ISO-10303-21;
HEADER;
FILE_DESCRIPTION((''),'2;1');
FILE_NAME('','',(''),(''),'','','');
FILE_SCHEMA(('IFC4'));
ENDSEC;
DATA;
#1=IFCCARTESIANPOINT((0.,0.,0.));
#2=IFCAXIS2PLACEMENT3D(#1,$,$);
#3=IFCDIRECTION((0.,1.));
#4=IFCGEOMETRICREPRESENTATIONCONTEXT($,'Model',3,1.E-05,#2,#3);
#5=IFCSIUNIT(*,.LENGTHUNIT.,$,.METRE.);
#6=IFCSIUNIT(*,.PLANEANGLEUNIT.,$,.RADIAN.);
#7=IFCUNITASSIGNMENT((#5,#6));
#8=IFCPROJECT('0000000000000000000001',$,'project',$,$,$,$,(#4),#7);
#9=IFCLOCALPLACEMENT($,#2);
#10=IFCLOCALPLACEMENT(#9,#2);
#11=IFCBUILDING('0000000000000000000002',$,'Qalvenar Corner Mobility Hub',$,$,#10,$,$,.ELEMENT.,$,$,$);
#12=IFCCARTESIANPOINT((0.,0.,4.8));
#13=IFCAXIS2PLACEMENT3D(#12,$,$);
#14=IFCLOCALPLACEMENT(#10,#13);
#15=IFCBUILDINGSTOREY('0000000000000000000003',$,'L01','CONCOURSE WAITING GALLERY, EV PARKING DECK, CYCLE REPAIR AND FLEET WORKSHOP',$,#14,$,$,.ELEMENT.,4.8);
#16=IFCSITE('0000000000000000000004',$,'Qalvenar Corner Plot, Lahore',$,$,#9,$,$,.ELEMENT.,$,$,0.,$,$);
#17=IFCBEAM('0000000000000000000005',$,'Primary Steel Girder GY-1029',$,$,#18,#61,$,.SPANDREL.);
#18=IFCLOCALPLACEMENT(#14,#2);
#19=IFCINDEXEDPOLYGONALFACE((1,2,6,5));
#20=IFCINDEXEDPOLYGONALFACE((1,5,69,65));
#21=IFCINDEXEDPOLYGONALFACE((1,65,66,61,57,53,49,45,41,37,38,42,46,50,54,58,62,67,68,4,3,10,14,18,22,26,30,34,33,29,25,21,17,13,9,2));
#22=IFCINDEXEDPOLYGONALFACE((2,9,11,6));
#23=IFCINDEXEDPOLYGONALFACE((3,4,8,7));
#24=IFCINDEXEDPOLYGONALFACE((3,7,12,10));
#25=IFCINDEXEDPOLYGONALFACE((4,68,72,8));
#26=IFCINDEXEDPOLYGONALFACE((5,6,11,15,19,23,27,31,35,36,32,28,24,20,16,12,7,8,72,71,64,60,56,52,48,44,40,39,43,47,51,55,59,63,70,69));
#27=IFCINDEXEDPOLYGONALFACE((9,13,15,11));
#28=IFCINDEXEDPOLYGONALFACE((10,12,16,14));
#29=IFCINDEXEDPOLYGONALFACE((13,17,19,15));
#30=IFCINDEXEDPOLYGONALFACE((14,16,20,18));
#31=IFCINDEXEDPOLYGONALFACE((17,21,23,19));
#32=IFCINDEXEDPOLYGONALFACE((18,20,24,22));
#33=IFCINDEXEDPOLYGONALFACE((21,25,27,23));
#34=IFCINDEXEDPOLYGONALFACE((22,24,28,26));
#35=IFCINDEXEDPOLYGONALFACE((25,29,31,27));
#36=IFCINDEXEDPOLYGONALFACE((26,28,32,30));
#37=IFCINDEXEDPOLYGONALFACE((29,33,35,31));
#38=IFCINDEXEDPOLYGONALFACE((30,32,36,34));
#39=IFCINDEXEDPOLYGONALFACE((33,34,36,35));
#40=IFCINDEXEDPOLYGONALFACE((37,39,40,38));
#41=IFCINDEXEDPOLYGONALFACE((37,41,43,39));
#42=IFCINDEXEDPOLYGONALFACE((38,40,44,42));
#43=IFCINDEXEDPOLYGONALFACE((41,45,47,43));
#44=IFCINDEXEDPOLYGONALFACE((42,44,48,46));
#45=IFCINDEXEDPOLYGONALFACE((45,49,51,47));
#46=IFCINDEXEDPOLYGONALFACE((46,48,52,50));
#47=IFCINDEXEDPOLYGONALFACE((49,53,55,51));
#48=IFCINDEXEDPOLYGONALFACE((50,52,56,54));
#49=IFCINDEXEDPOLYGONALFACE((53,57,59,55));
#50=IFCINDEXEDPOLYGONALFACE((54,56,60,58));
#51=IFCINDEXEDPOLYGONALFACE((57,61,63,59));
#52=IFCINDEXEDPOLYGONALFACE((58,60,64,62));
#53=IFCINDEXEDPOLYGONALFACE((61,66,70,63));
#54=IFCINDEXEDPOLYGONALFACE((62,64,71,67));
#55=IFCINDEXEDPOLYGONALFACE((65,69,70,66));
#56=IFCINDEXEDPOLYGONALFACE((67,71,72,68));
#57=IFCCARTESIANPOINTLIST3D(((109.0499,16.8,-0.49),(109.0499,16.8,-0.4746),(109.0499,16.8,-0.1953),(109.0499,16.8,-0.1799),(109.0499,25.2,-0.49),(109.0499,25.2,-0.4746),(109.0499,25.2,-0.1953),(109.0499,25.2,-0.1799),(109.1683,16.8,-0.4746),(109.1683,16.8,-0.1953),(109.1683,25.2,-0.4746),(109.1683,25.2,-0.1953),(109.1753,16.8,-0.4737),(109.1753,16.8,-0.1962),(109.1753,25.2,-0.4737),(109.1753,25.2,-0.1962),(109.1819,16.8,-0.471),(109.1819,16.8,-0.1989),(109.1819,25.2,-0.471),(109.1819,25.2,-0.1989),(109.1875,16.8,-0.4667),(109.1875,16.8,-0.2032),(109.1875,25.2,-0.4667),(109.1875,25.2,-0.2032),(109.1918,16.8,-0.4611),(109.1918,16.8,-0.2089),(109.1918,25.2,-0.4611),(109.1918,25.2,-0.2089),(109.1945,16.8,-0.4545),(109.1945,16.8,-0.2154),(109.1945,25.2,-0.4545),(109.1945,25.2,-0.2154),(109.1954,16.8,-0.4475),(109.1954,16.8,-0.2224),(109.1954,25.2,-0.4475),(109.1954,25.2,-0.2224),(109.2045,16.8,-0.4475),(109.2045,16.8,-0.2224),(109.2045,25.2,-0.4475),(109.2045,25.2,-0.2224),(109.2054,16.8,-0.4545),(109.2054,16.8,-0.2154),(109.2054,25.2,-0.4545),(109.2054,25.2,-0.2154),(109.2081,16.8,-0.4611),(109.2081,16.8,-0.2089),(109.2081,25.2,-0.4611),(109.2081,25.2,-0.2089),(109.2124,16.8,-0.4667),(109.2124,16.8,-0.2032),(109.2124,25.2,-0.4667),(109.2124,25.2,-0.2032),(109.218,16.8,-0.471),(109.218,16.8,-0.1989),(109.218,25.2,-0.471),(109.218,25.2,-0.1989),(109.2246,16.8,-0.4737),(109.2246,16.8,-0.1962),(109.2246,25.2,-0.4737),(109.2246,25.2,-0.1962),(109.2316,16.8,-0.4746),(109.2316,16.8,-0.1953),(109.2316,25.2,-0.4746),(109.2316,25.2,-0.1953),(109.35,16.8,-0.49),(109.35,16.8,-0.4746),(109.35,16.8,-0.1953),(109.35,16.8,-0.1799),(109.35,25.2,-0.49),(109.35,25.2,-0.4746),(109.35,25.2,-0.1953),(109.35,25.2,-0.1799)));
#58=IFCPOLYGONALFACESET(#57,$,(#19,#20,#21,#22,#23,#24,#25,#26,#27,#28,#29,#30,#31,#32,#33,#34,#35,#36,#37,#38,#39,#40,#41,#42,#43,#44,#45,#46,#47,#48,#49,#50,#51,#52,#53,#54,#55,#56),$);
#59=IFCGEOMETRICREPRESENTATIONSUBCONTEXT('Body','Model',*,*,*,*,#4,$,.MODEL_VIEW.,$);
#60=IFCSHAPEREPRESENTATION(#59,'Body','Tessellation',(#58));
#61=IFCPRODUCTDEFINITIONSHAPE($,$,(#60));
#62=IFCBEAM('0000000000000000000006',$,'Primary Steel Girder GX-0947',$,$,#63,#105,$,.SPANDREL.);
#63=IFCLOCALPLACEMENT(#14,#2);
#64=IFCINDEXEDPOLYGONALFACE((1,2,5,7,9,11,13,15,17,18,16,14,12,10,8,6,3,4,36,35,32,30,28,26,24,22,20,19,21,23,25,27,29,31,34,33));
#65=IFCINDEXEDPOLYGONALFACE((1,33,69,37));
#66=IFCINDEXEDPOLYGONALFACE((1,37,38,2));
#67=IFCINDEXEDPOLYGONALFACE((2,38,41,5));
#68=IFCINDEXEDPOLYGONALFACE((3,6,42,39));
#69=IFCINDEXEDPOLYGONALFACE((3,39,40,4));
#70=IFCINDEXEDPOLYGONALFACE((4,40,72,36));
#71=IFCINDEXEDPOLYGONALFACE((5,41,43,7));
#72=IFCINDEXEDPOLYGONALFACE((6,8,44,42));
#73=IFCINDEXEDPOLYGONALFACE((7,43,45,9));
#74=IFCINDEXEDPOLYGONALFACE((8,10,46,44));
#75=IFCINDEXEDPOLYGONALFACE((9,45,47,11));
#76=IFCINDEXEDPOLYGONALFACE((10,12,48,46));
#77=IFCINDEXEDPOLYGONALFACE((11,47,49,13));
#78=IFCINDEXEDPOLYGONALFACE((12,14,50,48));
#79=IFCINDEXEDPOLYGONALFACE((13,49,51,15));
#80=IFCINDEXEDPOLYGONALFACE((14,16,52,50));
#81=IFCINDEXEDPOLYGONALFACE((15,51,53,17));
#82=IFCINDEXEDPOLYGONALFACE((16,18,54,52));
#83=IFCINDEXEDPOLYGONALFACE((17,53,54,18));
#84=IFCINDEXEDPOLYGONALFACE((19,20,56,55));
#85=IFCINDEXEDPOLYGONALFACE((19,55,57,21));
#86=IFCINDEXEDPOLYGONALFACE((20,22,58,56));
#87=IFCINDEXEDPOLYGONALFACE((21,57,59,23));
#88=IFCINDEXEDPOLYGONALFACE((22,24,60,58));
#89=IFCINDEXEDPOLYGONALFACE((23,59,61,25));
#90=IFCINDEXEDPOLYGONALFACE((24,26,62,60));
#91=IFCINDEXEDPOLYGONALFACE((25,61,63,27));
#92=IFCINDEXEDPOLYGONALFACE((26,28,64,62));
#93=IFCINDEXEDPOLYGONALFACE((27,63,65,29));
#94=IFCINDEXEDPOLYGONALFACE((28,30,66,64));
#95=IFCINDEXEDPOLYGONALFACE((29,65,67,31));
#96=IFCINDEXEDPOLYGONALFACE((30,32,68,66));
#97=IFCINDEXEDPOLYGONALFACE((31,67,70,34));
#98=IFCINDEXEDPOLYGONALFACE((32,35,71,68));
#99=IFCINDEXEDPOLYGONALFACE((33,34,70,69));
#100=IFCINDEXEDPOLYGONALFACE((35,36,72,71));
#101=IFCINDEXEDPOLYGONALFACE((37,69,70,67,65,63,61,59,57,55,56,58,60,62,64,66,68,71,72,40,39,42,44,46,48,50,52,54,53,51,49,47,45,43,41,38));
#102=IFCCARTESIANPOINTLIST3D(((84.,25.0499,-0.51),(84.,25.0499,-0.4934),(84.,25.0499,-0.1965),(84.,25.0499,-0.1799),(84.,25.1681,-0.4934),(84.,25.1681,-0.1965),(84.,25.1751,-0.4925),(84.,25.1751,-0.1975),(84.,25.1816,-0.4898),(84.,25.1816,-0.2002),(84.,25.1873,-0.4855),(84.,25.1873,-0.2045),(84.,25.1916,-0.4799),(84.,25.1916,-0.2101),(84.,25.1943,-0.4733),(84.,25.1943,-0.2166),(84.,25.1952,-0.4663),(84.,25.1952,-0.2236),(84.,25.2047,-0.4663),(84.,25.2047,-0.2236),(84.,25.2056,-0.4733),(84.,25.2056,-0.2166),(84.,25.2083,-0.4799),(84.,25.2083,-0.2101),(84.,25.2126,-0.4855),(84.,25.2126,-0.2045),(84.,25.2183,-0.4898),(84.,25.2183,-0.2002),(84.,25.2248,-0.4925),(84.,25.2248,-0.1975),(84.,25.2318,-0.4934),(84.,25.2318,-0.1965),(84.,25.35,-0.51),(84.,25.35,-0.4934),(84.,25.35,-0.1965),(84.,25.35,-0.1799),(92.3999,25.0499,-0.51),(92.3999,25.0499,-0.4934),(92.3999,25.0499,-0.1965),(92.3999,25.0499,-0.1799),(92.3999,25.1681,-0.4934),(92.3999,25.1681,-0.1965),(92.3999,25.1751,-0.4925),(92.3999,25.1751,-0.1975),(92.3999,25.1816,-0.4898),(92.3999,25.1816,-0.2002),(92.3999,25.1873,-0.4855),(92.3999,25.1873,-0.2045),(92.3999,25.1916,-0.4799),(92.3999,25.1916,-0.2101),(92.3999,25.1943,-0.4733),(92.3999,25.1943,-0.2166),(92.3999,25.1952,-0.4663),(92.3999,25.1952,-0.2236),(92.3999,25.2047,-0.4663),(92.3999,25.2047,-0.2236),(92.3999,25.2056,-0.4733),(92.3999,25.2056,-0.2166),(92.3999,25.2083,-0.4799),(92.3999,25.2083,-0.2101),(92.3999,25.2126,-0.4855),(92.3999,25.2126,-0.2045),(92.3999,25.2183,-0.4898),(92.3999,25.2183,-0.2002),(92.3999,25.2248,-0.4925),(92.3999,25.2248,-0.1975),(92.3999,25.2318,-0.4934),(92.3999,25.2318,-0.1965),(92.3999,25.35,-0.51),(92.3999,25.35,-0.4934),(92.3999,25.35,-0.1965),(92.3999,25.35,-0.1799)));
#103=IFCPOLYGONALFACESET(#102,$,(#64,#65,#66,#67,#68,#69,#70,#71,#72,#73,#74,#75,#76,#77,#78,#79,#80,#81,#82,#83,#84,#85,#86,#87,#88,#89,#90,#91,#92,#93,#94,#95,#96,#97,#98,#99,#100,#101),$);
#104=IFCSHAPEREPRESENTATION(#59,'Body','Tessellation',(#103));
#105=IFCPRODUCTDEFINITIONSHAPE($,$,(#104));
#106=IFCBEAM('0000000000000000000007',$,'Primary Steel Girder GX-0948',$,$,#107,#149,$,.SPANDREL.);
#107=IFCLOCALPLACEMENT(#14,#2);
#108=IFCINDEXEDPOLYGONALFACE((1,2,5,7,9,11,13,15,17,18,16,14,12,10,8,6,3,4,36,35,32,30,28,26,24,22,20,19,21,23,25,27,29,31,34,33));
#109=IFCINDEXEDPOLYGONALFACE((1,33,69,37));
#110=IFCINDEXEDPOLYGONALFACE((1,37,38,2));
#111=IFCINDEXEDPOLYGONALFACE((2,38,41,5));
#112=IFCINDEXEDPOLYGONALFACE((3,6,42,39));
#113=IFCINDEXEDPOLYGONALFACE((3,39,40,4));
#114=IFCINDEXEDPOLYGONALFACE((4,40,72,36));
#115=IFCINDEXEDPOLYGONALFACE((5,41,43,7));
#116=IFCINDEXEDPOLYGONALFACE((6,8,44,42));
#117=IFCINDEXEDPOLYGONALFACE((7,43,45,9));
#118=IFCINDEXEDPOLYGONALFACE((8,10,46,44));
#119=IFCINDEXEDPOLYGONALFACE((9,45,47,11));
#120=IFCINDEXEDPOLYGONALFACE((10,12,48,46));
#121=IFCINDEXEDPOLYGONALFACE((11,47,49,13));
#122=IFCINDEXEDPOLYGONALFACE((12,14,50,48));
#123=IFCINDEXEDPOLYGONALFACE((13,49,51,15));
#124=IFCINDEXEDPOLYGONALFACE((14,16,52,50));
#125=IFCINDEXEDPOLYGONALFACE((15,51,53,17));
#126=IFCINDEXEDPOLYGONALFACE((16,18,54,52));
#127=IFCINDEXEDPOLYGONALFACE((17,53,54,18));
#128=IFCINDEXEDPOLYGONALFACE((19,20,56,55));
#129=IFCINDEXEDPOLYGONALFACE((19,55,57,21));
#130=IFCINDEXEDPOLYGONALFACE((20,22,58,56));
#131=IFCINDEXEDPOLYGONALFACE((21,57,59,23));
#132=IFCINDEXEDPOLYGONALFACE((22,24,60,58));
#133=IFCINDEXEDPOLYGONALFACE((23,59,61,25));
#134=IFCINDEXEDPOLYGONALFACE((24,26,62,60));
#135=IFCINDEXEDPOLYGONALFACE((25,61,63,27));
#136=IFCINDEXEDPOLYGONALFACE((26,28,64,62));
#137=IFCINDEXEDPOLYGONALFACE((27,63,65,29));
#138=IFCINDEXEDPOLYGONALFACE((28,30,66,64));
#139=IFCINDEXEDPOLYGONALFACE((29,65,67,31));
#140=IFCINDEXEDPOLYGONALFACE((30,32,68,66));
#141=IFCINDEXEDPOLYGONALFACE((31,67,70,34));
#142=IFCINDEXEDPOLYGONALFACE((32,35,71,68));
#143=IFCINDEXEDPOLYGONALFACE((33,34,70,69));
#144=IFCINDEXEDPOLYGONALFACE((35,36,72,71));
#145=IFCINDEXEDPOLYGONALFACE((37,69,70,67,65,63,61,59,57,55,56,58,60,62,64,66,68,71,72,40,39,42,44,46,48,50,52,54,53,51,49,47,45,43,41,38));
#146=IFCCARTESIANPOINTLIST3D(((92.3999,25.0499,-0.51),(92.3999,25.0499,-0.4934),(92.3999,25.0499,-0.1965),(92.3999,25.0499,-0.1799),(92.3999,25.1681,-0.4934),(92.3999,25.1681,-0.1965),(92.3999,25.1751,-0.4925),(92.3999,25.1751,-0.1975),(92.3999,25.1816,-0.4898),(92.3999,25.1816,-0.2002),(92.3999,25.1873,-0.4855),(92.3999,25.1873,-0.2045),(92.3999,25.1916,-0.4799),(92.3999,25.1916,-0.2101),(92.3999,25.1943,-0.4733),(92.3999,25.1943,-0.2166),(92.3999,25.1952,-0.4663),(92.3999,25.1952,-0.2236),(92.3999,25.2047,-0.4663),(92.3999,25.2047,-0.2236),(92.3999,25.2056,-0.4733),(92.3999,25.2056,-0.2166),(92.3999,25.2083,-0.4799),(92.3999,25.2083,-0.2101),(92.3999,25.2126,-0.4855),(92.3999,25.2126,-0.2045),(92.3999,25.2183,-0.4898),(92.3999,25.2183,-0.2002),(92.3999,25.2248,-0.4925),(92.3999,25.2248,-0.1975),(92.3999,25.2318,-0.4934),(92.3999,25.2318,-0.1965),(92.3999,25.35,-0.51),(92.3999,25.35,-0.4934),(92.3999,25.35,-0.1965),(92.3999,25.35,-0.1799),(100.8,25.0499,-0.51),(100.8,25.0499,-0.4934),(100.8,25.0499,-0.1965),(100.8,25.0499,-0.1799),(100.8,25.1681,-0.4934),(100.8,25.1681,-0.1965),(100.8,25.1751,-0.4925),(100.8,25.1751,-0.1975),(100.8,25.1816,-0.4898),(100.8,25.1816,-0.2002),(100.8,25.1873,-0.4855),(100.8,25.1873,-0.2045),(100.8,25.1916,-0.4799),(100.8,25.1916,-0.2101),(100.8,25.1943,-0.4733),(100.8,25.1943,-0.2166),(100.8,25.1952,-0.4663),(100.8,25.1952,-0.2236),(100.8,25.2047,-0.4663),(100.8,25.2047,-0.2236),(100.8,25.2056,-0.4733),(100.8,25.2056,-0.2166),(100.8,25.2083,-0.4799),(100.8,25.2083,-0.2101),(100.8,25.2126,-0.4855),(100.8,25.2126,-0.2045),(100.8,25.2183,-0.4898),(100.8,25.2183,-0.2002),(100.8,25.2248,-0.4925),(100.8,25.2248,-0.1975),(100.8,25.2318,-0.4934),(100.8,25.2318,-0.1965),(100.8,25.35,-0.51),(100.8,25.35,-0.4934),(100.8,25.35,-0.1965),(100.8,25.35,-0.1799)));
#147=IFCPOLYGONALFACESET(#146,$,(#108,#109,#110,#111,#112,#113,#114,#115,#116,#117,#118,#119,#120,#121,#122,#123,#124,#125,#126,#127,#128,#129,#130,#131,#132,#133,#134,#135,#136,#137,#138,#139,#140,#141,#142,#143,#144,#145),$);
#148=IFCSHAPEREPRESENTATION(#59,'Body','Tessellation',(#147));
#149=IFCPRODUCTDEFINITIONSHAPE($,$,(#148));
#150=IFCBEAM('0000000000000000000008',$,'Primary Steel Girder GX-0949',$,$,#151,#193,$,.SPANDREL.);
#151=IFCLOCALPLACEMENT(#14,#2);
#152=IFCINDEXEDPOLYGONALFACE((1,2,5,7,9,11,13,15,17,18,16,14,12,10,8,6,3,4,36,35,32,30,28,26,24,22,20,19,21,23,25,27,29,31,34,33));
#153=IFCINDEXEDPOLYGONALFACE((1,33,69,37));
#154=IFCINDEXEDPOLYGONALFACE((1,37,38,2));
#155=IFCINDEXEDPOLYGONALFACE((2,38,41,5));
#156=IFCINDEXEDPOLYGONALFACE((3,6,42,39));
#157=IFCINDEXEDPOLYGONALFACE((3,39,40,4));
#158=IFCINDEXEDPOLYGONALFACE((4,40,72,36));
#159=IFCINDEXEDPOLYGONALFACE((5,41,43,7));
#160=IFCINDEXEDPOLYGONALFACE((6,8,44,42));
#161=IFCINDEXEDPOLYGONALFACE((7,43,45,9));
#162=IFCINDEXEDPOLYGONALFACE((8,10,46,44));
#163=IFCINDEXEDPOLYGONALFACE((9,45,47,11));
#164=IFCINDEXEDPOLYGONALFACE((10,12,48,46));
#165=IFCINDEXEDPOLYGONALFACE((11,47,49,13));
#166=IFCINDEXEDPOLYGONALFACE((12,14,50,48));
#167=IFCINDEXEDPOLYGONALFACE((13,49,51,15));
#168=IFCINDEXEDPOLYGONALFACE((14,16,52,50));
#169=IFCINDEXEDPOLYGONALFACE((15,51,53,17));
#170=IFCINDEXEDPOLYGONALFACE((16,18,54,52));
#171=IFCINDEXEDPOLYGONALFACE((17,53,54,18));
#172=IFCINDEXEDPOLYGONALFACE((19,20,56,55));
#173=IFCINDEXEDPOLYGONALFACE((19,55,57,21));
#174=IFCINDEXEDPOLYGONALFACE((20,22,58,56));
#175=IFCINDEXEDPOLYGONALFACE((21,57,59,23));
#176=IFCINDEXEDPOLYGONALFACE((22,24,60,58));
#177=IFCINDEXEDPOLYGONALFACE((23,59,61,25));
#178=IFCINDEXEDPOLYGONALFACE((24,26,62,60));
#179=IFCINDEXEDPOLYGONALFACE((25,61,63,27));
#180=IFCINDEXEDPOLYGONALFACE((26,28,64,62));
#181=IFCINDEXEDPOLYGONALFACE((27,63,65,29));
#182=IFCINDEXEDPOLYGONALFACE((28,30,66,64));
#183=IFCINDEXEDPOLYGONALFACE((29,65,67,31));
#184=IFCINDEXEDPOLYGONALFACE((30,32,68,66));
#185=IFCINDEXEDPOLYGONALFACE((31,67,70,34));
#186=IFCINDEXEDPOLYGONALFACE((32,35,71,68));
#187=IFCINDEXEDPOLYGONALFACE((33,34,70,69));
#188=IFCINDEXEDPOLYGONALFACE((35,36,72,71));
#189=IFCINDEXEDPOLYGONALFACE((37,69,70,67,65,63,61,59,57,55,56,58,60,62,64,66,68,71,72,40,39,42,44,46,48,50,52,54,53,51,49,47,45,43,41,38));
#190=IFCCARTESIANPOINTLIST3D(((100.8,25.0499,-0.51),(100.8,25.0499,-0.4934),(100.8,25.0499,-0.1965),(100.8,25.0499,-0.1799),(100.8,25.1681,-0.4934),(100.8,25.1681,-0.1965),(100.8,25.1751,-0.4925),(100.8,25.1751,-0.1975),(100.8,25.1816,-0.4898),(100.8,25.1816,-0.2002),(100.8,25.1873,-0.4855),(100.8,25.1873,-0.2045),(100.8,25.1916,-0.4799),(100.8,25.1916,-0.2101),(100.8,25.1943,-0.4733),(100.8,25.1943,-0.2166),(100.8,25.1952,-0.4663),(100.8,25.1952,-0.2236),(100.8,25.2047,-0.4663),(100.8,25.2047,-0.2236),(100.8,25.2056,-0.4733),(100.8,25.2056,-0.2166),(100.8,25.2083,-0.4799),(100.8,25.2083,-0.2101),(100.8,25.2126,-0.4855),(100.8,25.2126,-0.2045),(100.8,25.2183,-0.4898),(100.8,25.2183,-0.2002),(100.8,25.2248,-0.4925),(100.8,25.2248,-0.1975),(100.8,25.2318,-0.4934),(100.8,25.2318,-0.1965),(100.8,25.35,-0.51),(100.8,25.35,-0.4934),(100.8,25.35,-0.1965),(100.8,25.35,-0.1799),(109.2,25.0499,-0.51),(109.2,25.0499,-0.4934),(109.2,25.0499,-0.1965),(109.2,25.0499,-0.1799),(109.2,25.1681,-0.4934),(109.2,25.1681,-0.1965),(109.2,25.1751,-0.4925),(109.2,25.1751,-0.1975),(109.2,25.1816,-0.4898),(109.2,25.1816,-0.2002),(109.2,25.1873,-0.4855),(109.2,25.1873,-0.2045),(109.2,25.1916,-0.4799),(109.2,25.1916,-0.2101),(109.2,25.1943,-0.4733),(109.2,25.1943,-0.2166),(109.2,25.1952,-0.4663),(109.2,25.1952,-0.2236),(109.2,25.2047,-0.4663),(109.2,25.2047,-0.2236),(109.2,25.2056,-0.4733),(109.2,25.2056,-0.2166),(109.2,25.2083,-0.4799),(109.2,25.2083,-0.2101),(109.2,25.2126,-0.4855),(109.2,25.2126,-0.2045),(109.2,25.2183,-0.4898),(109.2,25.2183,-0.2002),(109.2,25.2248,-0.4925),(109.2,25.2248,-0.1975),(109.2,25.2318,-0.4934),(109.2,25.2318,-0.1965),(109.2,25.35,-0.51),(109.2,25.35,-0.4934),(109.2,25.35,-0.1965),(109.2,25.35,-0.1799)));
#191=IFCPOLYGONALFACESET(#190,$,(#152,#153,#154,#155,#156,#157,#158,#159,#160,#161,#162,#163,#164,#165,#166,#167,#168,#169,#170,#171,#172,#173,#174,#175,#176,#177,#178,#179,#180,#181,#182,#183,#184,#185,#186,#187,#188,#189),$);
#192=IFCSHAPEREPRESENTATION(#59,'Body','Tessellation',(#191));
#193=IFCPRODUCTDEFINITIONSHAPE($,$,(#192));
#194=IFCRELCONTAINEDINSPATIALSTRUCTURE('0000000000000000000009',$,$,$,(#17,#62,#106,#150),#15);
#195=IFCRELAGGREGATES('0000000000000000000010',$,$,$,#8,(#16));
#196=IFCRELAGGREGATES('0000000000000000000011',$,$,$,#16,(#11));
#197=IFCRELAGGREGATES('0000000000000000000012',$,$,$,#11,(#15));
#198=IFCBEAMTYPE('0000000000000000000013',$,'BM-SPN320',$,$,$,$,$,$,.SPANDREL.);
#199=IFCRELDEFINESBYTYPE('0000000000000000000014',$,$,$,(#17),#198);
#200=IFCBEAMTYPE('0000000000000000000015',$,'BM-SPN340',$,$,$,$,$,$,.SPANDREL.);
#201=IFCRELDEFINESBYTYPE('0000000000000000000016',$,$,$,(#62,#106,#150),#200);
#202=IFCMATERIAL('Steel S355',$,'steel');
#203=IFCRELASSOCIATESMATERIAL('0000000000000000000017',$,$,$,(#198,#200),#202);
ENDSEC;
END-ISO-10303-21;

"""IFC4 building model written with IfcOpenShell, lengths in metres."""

from ifc_helpers import new_model, si_unit, direction, frame, origin, origin_2d, place, context, subcontext, project, spatial, i_section, extrude, material, material_profile, profile_set, type_object, element, save


model = new_model("IFC4")

# Units and contexts
model_context = context("Model", 3, precision=1e-05, world=origin(), true_north=direction((0.0, 1.0)))
body_context = subcontext(model_context, "Body", "Model", "MODEL_VIEW")
ifc_project = project(units=[si_unit("LENGTHUNIT", "METRE"), si_unit("PLANEANGLEUNIT", "RADIAN")], contexts=[model_context])

# Site, building, storey
site_placement = place(None, origin())
site = spatial("IfcSite", under=ifc_project, at=site_placement, Name="Qalvenar Corner Plot, Lahore", CompositionType="ELEMENT", RefElevation=0.0)
building_placement = place(site_placement, origin())
building = spatial("IfcBuilding", under=site, at=building_placement, Name="Qalvenar Corner Mobility Hub", CompositionType="ELEMENT")
storey_placement = place(building_placement, frame((0.0, 0.0, 4.8)))
storey = spatial("IfcBuildingStorey", under=building, at=storey_placement, Name="L01", Description="CONCOURSE WAITING GALLERY, EV PARKING DECK, CYCLE REPAIR AND FLEET WORKSHOP", CompositionType="ELEMENT", Elevation=4.8)

# Shared definitions
ifc_material_1 = material(Name="Steel S355", Category="steel")

# Beams
ifc_material_profile_1 = material_profile(ifc_material_1, i_section(OverallWidth=0.3, OverallDepth=0.3101, WebThickness=0.009, FlangeThickness=0.0154, FilletRadius=0.0271, at=origin_2d()), Name="HEA320")
ifc_profile_set_1 = profile_set([ifc_material_profile_1], Name="Steel S355")
beam_type_1 = type_object("IfcBeamType", Name="BM-SPN320", PredefinedType="SPANDREL", material=ifc_profile_set_1)
beam_1_placement = place(storey_placement, frame((109.2, 16.8, -0.335), z_axis=(0.0, 1.0, 0.0), x_axis=(-1.0, 0.0, 0.0)))
element("IfcBeam", 1, at=beam_1_placement, inside=storey, type_object=beam_type_1, Name="Primary Steel Girder GY-1029", PredefinedType="SPANDREL", context=body_context, shape_type="SweptSolid", body=[
    extrude(i_section(OverallWidth=0.3, OverallDepth=0.3101, WebThickness=0.009, FlangeThickness=0.0154, FilletRadius=0.0271, at=origin_2d()), origin(), (0.0, 0.0, 1.0), 8.3999),
])
ifc_material_profile_2 = material_profile(ifc_material_1, i_section(OverallWidth=0.3, OverallDepth=0.3301, WebThickness=0.0095, FlangeThickness=0.0166, FilletRadius=0.0271, at=origin_2d()), Name="HEA340")
ifc_profile_set_2 = profile_set([ifc_material_profile_2], Name="Steel S355")
beam_type_2 = type_object("IfcBeamType", Name="BM-SPN340", PredefinedType="SPANDREL", material=ifc_profile_set_2)
beam_2_placement = place(storey_placement, frame((84.0, 25.2, -0.345), z_axis=(1.0, 0.0, 0.0), x_axis=(0.0, 1.0, 0.0)))
element("IfcBeam", 2, at=beam_2_placement, inside=storey, type_object=beam_type_2, Name="Primary Steel Girder GX-0947", PredefinedType="SPANDREL", context=body_context, shape_type="SweptSolid", body=[
    extrude(i_section(OverallWidth=0.3, OverallDepth=0.3301, WebThickness=0.0095, FlangeThickness=0.0166, FilletRadius=0.0271, at=origin_2d()), origin(), (0.0, 0.0, 1.0), 8.3999),
])
beam_3_placement = place(storey_placement, frame((92.3999, 25.2, -0.345), z_axis=(1.0, 0.0, 0.0), x_axis=(0.0, 1.0, 0.0)))
element("IfcBeam", 3, at=beam_3_placement, inside=storey, type_object=beam_type_2, Name="Primary Steel Girder GX-0948", PredefinedType="SPANDREL", context=body_context, shape_type="SweptSolid", body=[
    extrude(i_section(OverallWidth=0.3, OverallDepth=0.3301, WebThickness=0.0095, FlangeThickness=0.0166, FilletRadius=0.0271, at=origin_2d()), origin(), (0.0, 0.0, 1.0), 8.4001),
])
beam_4_placement = place(storey_placement, frame((100.8, 25.2, -0.345), z_axis=(1.0, 0.0, 0.0), x_axis=(0.0, 1.0, 0.0)))
element("IfcBeam", 4, at=beam_4_placement, inside=storey, type_object=beam_type_2, Name="Primary Steel Girder GX-0949", PredefinedType="SPANDREL", context=body_context, shape_type="SweptSolid", body=[
    extrude(i_section(OverallWidth=0.3, OverallDepth=0.3301, WebThickness=0.0095, FlangeThickness=0.0166, FilletRadius=0.0271, at=origin_2d()), origin(), (0.0, 0.0, 1.0), 8.3999),
])

save(model, "model.ifc")
